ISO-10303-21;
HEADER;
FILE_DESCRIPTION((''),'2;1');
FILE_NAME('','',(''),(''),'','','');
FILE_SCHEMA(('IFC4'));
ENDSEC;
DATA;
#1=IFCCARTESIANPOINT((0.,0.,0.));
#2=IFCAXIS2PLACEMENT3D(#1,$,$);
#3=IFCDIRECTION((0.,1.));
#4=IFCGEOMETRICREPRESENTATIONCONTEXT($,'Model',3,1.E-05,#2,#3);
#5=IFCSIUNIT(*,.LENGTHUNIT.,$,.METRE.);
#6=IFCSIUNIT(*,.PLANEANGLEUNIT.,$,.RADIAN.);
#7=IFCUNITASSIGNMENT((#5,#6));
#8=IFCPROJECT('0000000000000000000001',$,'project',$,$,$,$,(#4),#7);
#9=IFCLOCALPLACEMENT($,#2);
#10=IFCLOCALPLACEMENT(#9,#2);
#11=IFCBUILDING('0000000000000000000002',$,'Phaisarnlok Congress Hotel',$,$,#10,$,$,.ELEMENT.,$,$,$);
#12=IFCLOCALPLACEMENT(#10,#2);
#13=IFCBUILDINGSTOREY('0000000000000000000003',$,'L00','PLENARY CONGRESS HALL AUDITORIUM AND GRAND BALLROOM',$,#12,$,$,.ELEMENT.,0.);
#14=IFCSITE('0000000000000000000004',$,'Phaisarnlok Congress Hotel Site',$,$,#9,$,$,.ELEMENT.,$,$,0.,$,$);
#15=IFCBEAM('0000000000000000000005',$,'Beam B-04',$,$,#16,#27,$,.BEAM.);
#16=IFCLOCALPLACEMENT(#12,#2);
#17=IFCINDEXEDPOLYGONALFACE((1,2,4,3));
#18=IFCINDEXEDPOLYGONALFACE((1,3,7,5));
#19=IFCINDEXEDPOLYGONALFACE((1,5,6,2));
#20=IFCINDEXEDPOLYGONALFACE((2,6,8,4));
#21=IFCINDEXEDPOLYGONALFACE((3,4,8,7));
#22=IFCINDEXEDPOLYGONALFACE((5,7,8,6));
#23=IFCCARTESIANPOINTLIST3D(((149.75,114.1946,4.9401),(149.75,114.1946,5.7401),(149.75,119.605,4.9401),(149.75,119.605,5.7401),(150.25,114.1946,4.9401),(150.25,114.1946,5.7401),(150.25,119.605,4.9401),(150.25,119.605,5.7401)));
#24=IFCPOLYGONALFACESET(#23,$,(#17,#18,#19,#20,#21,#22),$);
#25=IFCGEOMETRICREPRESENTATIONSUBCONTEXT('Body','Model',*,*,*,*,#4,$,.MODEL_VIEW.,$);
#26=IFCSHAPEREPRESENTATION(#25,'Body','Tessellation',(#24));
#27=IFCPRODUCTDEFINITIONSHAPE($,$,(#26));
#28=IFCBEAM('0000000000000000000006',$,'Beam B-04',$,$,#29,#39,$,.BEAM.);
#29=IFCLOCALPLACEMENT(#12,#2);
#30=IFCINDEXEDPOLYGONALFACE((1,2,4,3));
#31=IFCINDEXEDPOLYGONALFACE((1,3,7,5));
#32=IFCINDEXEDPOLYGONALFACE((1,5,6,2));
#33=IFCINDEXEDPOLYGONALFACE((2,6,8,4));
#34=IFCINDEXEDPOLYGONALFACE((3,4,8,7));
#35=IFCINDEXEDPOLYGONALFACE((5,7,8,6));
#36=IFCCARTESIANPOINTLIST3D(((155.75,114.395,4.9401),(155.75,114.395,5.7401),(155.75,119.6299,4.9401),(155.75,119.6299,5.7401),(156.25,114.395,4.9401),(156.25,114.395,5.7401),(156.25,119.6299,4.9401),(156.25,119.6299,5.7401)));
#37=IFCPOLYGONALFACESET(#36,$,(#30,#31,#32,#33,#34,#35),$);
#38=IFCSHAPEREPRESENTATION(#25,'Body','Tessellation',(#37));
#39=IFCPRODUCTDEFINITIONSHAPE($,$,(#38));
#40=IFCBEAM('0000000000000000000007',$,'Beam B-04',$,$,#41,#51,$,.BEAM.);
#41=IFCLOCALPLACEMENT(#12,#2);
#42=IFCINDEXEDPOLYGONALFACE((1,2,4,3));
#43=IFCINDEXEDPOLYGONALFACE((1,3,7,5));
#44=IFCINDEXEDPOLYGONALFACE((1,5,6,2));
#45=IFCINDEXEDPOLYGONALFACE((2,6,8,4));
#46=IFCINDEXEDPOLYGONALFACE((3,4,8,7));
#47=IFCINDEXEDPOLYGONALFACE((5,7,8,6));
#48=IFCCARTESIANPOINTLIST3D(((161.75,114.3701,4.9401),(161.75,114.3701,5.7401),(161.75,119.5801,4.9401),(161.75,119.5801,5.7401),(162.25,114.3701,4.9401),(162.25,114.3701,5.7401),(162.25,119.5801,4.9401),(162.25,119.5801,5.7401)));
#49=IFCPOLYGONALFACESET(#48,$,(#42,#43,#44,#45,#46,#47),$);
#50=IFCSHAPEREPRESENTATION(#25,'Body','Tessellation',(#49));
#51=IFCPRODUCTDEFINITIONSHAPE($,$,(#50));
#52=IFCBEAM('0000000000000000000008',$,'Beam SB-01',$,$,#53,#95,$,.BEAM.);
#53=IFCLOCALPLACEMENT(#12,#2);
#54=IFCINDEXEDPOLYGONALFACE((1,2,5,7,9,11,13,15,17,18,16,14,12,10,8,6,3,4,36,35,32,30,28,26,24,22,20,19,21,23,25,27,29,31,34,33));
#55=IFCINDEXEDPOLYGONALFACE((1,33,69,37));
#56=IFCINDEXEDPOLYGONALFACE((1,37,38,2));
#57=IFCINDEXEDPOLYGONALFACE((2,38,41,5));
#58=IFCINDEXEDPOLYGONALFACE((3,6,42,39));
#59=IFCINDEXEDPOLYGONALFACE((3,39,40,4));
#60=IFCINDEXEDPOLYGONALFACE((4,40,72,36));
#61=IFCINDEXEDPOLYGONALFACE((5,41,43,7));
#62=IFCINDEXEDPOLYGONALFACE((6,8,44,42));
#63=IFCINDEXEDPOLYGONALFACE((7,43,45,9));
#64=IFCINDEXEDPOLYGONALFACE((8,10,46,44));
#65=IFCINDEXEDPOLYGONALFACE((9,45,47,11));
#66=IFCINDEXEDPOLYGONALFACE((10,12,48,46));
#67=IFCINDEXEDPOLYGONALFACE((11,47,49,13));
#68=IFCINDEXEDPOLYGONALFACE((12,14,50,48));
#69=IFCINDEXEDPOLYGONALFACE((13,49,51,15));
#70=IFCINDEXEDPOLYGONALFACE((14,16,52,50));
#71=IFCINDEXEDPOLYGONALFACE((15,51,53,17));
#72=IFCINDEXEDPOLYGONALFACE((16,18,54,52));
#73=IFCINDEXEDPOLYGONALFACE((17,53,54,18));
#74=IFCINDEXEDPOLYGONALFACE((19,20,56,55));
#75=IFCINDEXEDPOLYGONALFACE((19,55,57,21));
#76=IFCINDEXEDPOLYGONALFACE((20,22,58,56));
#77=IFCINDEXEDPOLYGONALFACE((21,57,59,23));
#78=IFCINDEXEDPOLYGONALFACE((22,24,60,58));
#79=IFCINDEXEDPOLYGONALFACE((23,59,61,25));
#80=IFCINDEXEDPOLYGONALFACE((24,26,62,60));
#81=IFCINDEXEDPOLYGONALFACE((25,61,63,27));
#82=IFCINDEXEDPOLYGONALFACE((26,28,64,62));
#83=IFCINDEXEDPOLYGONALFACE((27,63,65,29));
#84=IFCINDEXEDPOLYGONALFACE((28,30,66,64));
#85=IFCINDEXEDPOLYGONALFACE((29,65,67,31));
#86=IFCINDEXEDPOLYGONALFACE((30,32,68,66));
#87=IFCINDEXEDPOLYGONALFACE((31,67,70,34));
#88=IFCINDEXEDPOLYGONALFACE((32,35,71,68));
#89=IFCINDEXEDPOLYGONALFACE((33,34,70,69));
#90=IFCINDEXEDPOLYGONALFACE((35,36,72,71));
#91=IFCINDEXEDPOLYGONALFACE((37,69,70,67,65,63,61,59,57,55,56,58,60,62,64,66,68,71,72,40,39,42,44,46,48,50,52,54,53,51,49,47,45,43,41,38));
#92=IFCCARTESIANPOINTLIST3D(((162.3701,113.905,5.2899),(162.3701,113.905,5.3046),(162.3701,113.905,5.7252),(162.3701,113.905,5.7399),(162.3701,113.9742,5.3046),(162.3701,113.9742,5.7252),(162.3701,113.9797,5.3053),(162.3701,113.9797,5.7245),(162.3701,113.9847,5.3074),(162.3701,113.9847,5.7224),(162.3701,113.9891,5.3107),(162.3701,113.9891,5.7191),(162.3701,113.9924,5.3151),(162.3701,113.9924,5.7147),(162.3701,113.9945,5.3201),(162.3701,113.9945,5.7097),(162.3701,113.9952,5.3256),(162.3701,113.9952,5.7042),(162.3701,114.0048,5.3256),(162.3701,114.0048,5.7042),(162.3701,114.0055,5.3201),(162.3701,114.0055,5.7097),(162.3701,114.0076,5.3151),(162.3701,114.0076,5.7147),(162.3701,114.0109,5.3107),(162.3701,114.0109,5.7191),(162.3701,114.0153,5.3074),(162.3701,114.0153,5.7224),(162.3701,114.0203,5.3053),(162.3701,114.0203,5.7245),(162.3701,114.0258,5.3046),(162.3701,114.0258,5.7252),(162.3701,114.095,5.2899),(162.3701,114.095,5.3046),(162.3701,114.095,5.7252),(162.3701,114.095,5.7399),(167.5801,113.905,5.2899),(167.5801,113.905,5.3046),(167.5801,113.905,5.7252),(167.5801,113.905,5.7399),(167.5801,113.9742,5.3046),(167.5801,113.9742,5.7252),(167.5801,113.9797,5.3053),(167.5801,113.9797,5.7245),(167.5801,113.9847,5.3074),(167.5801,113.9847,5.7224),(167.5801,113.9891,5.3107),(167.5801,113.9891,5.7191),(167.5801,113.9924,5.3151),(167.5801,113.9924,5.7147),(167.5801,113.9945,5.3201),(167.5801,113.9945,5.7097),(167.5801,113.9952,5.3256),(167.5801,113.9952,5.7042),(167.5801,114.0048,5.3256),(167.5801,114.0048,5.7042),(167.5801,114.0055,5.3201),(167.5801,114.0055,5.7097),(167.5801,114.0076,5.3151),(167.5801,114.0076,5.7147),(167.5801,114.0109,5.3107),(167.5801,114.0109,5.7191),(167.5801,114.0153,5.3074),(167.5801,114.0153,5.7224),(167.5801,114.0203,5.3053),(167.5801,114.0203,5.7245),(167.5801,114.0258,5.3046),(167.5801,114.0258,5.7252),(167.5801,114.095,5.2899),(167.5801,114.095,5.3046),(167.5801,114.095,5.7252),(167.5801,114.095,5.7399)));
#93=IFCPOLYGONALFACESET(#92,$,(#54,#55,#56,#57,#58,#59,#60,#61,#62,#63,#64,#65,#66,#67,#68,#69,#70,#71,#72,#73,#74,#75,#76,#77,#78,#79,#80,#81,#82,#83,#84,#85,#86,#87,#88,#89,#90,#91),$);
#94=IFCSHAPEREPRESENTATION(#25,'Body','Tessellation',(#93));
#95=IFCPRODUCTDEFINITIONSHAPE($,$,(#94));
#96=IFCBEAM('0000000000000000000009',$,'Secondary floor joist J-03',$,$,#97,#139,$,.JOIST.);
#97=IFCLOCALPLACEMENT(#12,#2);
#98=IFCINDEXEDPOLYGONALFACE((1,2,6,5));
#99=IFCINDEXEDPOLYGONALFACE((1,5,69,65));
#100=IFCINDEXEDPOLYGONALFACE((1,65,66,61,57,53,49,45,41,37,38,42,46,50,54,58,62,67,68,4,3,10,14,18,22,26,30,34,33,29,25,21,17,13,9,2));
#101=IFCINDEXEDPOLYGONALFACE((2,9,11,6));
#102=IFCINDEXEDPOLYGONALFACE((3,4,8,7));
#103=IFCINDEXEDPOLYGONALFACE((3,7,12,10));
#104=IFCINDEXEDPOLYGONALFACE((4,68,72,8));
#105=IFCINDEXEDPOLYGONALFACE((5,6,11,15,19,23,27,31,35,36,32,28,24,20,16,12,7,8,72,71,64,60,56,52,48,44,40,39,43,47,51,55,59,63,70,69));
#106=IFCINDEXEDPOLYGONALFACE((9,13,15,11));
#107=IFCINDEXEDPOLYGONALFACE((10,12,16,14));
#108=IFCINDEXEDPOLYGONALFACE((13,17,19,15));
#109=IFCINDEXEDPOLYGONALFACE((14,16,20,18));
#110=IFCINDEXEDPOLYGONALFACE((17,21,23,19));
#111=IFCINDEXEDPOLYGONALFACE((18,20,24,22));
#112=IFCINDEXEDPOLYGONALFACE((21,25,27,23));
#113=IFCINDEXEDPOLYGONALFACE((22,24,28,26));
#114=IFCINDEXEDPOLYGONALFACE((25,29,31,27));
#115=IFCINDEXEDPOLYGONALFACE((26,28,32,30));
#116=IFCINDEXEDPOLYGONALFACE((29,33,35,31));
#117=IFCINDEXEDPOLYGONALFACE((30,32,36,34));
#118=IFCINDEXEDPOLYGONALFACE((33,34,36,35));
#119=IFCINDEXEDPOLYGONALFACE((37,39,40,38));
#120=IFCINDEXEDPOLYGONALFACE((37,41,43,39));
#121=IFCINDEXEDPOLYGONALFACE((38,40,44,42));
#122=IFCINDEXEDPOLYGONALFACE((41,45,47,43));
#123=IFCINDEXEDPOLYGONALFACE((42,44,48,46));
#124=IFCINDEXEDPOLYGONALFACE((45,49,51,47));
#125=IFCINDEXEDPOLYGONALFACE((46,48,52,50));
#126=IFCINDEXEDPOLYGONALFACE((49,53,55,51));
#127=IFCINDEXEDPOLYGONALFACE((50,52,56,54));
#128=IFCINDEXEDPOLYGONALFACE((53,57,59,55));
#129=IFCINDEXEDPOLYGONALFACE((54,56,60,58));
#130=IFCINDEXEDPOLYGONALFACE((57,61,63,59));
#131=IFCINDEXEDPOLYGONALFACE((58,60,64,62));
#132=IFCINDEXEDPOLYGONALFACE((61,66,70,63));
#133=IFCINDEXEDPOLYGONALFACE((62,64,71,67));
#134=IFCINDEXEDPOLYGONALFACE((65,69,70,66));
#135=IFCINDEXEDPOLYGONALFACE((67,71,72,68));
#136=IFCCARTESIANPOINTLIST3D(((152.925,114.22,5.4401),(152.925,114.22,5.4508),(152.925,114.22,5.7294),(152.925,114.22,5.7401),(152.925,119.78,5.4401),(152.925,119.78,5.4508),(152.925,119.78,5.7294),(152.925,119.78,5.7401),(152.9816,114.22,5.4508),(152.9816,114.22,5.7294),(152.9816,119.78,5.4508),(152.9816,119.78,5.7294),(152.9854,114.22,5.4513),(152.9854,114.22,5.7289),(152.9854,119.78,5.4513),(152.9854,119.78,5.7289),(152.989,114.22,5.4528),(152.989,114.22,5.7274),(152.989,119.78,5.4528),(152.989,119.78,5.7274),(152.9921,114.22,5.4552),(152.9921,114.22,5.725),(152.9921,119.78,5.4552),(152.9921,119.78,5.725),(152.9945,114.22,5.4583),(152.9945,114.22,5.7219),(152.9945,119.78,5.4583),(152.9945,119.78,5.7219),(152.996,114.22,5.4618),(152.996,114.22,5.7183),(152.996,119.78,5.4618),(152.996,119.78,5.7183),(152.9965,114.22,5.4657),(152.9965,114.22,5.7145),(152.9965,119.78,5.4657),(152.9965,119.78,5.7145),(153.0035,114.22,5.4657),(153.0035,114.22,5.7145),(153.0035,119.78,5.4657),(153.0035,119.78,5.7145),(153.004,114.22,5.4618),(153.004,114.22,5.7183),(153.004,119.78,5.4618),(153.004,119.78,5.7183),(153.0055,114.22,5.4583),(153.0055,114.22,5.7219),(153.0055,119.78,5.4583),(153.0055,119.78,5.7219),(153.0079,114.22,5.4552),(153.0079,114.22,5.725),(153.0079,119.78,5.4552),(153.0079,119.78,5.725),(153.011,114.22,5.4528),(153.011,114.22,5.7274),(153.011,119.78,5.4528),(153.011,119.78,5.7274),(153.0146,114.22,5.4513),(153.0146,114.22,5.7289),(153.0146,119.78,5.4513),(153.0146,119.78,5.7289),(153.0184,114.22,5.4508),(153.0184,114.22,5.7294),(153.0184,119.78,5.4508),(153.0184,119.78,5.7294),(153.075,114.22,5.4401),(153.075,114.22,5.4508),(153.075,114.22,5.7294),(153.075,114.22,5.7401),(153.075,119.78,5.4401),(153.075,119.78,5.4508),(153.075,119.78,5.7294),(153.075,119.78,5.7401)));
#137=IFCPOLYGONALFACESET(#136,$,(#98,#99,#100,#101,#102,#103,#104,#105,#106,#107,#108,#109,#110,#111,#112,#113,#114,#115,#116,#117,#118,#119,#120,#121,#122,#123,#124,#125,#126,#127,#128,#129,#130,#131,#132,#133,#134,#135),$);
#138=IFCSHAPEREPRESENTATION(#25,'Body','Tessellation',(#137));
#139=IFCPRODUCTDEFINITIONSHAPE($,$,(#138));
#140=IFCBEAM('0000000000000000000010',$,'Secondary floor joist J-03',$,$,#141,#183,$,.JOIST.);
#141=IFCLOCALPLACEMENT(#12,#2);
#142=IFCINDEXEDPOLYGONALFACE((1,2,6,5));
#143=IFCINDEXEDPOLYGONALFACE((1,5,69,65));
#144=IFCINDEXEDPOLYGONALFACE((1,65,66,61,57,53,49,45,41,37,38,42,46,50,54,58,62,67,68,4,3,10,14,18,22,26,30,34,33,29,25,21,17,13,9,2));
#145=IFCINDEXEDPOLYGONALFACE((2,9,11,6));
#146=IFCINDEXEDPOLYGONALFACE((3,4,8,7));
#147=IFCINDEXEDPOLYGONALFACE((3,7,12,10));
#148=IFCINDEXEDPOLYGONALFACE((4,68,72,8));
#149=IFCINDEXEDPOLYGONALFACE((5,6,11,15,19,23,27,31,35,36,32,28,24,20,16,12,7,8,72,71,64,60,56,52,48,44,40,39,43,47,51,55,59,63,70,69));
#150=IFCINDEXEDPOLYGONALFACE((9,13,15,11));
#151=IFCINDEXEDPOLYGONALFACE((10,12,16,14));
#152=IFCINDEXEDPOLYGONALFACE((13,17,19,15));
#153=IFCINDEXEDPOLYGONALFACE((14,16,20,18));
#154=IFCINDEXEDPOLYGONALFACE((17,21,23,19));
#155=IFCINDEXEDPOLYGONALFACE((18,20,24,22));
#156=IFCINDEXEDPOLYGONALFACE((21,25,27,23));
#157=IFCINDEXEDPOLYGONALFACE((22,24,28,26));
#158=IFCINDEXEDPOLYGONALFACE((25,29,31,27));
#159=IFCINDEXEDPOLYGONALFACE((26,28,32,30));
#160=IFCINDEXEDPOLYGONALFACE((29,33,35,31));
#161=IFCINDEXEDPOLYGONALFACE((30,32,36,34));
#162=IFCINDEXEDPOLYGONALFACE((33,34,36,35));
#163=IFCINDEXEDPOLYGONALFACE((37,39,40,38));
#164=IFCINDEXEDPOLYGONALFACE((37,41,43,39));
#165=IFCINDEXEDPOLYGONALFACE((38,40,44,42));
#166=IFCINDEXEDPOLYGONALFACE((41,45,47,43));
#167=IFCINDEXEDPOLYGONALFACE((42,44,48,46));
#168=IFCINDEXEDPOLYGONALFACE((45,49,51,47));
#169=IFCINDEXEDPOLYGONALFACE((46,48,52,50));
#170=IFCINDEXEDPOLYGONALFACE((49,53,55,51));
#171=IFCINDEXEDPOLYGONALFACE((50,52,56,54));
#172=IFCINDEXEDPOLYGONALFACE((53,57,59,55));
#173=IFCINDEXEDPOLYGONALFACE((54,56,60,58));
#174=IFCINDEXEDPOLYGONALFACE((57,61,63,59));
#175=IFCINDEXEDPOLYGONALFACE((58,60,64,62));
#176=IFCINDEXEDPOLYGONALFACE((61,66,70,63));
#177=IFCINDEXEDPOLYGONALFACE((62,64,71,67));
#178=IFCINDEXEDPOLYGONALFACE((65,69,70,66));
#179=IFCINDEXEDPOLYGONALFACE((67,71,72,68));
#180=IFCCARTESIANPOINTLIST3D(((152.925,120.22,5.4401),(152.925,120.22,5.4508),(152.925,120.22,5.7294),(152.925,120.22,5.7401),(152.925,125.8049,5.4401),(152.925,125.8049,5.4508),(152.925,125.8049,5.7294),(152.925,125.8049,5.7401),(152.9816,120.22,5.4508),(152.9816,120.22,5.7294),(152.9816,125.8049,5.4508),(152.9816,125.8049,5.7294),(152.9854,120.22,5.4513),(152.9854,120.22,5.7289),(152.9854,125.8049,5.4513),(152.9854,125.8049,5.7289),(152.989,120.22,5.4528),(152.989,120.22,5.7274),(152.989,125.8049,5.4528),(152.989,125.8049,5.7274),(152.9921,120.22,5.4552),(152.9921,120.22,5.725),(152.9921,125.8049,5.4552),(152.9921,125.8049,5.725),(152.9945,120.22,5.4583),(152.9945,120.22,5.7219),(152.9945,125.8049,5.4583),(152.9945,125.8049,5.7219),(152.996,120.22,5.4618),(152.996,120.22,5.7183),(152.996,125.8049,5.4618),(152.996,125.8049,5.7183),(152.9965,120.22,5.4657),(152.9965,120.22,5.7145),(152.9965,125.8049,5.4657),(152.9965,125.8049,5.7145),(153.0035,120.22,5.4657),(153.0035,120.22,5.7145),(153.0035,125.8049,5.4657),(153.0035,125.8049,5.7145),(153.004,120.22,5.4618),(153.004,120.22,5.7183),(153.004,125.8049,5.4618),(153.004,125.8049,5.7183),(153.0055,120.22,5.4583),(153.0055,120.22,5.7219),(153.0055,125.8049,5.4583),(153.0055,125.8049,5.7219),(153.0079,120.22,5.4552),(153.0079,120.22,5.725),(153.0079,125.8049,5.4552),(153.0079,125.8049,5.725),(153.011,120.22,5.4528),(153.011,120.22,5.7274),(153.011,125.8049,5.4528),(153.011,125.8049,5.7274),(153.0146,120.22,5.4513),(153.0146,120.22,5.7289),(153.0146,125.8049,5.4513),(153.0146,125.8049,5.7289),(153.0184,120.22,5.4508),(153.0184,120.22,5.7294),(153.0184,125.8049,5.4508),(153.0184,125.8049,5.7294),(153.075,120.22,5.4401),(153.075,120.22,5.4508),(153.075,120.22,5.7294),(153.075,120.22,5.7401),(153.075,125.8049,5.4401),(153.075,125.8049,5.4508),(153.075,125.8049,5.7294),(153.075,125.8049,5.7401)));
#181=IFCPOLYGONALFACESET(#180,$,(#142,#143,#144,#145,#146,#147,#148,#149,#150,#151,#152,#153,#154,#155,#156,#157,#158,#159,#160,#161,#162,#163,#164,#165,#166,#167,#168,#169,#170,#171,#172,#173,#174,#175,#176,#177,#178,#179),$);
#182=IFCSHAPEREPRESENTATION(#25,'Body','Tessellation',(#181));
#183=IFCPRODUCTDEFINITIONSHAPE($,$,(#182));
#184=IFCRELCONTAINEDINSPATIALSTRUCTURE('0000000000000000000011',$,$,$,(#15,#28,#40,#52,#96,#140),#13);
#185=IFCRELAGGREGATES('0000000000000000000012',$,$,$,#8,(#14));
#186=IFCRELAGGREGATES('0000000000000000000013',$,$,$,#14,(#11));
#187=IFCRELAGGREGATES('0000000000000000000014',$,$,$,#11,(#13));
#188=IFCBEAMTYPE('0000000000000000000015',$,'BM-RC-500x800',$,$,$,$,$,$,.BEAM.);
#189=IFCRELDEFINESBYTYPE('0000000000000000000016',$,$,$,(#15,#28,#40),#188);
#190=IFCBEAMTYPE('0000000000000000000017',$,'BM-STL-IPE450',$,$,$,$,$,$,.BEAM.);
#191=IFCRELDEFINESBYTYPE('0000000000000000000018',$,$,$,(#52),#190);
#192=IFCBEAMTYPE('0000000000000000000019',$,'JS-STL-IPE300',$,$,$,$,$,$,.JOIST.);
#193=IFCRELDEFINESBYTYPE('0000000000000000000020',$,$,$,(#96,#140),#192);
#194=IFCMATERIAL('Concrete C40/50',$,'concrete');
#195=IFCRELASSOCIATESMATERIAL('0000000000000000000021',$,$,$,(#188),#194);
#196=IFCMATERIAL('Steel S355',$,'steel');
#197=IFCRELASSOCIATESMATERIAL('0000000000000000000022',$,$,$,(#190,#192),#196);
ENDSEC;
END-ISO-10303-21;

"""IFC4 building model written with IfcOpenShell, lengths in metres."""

from ifc_helpers import new_model, si_unit, direction, frame, origin, origin_2d, place, context, subcontext, project, spatial, rectangle, i_section, extrude, material, material_profile, profile_set, type_object, element, save


model = new_model("IFC4")

# Units and contexts
model_context = context("Model", 3, precision=1e-05, world=origin(), true_north=direction((0.0, 1.0)))
body_context = subcontext(model_context, "Body", "Model", "MODEL_VIEW")
ifc_project = project(units=[si_unit("LENGTHUNIT", "METRE"), si_unit("PLANEANGLEUNIT", "RADIAN")], contexts=[model_context])

# Site, building, storey
site_placement = place(None, origin())
site = spatial("IfcSite", under=ifc_project, at=site_placement, Name="Phaisarnlok Congress Hotel Site", CompositionType="ELEMENT", RefElevation=0.0)
building_placement = place(site_placement, origin())
building = spatial("IfcBuilding", under=site, at=building_placement, Name="Phaisarnlok Congress Hotel", CompositionType="ELEMENT")
storey_placement = place(building_placement, origin())
storey = spatial("IfcBuildingStorey", under=building, at=storey_placement, Name="L00", Description="PLENARY CONGRESS HALL AUDITORIUM AND GRAND BALLROOM", CompositionType="ELEMENT", Elevation=0.0)

# Shared definitions
ifc_material_1 = material(Name="Steel S355", Category="steel")

# Beams
ifc_material_2 = material(Name="Concrete C40/50", Category="concrete")
ifc_material_profile_1 = material_profile(ifc_material_2, rectangle(XDim=0.5, YDim=0.8, at=origin_2d()), Name="RC 500x800")
ifc_profile_set_1 = profile_set([ifc_material_profile_1], Name="Concrete C40/50")
beam_type_1 = type_object("IfcBeamType", Name="BM-RC-500x800", PredefinedType="BEAM", material=ifc_profile_set_1)
beam_1_placement = place(storey_placement, frame((150.0, 114.1946, 5.3401), z_axis=(0.0, 1.0, 0.0), x_axis=(-1.0, 0.0, 0.0)))
element("IfcBeam", 1, at=beam_1_placement, inside=storey, type_object=beam_type_1, Name="Beam B-04", PredefinedType="BEAM", context=body_context, shape_type="SweptSolid", body=[
    extrude(rectangle(XDim=0.5, YDim=0.8, at=origin_2d()), origin(), (0.0, 0.0, 1.0), 5.4104),
])
beam_2_placement = place(storey_placement, frame((156.0, 114.395, 5.3401), z_axis=(0.0, 1.0, 0.0), x_axis=(-1.0, 0.0, 0.0)))
element("IfcBeam", 2, at=beam_2_placement, inside=storey, type_object=beam_type_1, Name="Beam B-04", PredefinedType="BEAM", context=body_context, shape_type="SweptSolid", body=[
    extrude(rectangle(XDim=0.5, YDim=0.8, at=origin_2d()), origin(), (0.0, 0.0, 1.0), 5.2349),
])
beam_3_placement = place(storey_placement, frame((162.0, 114.3701, 5.3401), z_axis=(0.0, 1.0, 0.0), x_axis=(-1.0, 0.0, 0.0)))
element("IfcBeam", 3, at=beam_3_placement, inside=storey, type_object=beam_type_1, Name="Beam B-04", PredefinedType="BEAM", context=body_context, shape_type="SweptSolid", body=[
    extrude(rectangle(XDim=0.5, YDim=0.8, at=origin_2d()), origin(), (0.0, 0.0, 1.0), 5.21),
])
ifc_material_profile_2 = material_profile(ifc_material_1, i_section(OverallWidth=0.1899, OverallDepth=0.45, WebThickness=0.0095, FlangeThickness=0.0146, FilletRadius=0.021, at=origin_2d()), Name="IPE 450")
ifc_profile_set_2 = profile_set([ifc_material_profile_2], Name="Steel S355")
beam_type_2 = type_object("IfcBeamType", Name="BM-STL-IPE450", PredefinedType="BEAM", material=ifc_profile_set_2)
beam_4_placement = place(storey_placement, frame((162.3701, 114.0, 5.5149), z_axis=(1.0, 0.0, 0.0), x_axis=(0.0, 1.0, 0.0)))
element("IfcBeam", 4, at=beam_4_placement, inside=storey, type_object=beam_type_2, Name="Beam SB-01", PredefinedType="BEAM", context=body_context, shape_type="SweptSolid", body=[
    extrude(i_section(OverallWidth=0.1899, OverallDepth=0.45, WebThickness=0.0095, FlangeThickness=0.0146, FilletRadius=0.021, at=origin_2d()), origin(), (0.0, 0.0, 1.0), 5.21),
])
ifc_material_profile_3 = material_profile(ifc_material_1, i_section(OverallWidth=0.1499, OverallDepth=0.3, WebThickness=0.0071, FlangeThickness=0.0107, FilletRadius=0.0149, at=origin_2d()), Name="IPE 300")
ifc_profile_set_3 = profile_set([ifc_material_profile_3], Name="Steel S355")
beam_type_3 = type_object("IfcBeamType", Name="JS-STL-IPE300", PredefinedType="JOIST", material=ifc_profile_set_3)
beam_5_placement = place(storey_placement, frame((153.0, 114.22, 5.5901), z_axis=(0.0, 1.0, 0.0), x_axis=(-1.0, 0.0, 0.0)))
element("IfcBeam", 5, at=beam_5_placement, inside=storey, type_object=beam_type_3, Name="Secondary floor joist J-03", PredefinedType="JOIST", context=body_context, shape_type="SweptSolid", body=[
    extrude(i_section(OverallWidth=0.1499, OverallDepth=0.3, WebThickness=0.0071, FlangeThickness=0.0107, FilletRadius=0.0149, at=origin_2d()), origin(), (0.0, 0.0, 1.0), 5.5601),
])
beam_6_placement = place(storey_placement, frame((153.0, 120.22, 5.5901), z_axis=(0.0, 1.0, 0.0), x_axis=(-1.0, 0.0, 0.0)))
element("IfcBeam", 6, at=beam_6_placement, inside=storey, type_object=beam_type_3, Name="Secondary floor joist J-03", PredefinedType="JOIST", context=body_context, shape_type="SweptSolid", body=[
    extrude(i_section(OverallWidth=0.1499, OverallDepth=0.3, WebThickness=0.0071, FlangeThickness=0.0107, FilletRadius=0.0149, at=origin_2d()), origin(), (0.0, 0.0, 1.0), 5.585),
])

save(model, "model.ifc")
